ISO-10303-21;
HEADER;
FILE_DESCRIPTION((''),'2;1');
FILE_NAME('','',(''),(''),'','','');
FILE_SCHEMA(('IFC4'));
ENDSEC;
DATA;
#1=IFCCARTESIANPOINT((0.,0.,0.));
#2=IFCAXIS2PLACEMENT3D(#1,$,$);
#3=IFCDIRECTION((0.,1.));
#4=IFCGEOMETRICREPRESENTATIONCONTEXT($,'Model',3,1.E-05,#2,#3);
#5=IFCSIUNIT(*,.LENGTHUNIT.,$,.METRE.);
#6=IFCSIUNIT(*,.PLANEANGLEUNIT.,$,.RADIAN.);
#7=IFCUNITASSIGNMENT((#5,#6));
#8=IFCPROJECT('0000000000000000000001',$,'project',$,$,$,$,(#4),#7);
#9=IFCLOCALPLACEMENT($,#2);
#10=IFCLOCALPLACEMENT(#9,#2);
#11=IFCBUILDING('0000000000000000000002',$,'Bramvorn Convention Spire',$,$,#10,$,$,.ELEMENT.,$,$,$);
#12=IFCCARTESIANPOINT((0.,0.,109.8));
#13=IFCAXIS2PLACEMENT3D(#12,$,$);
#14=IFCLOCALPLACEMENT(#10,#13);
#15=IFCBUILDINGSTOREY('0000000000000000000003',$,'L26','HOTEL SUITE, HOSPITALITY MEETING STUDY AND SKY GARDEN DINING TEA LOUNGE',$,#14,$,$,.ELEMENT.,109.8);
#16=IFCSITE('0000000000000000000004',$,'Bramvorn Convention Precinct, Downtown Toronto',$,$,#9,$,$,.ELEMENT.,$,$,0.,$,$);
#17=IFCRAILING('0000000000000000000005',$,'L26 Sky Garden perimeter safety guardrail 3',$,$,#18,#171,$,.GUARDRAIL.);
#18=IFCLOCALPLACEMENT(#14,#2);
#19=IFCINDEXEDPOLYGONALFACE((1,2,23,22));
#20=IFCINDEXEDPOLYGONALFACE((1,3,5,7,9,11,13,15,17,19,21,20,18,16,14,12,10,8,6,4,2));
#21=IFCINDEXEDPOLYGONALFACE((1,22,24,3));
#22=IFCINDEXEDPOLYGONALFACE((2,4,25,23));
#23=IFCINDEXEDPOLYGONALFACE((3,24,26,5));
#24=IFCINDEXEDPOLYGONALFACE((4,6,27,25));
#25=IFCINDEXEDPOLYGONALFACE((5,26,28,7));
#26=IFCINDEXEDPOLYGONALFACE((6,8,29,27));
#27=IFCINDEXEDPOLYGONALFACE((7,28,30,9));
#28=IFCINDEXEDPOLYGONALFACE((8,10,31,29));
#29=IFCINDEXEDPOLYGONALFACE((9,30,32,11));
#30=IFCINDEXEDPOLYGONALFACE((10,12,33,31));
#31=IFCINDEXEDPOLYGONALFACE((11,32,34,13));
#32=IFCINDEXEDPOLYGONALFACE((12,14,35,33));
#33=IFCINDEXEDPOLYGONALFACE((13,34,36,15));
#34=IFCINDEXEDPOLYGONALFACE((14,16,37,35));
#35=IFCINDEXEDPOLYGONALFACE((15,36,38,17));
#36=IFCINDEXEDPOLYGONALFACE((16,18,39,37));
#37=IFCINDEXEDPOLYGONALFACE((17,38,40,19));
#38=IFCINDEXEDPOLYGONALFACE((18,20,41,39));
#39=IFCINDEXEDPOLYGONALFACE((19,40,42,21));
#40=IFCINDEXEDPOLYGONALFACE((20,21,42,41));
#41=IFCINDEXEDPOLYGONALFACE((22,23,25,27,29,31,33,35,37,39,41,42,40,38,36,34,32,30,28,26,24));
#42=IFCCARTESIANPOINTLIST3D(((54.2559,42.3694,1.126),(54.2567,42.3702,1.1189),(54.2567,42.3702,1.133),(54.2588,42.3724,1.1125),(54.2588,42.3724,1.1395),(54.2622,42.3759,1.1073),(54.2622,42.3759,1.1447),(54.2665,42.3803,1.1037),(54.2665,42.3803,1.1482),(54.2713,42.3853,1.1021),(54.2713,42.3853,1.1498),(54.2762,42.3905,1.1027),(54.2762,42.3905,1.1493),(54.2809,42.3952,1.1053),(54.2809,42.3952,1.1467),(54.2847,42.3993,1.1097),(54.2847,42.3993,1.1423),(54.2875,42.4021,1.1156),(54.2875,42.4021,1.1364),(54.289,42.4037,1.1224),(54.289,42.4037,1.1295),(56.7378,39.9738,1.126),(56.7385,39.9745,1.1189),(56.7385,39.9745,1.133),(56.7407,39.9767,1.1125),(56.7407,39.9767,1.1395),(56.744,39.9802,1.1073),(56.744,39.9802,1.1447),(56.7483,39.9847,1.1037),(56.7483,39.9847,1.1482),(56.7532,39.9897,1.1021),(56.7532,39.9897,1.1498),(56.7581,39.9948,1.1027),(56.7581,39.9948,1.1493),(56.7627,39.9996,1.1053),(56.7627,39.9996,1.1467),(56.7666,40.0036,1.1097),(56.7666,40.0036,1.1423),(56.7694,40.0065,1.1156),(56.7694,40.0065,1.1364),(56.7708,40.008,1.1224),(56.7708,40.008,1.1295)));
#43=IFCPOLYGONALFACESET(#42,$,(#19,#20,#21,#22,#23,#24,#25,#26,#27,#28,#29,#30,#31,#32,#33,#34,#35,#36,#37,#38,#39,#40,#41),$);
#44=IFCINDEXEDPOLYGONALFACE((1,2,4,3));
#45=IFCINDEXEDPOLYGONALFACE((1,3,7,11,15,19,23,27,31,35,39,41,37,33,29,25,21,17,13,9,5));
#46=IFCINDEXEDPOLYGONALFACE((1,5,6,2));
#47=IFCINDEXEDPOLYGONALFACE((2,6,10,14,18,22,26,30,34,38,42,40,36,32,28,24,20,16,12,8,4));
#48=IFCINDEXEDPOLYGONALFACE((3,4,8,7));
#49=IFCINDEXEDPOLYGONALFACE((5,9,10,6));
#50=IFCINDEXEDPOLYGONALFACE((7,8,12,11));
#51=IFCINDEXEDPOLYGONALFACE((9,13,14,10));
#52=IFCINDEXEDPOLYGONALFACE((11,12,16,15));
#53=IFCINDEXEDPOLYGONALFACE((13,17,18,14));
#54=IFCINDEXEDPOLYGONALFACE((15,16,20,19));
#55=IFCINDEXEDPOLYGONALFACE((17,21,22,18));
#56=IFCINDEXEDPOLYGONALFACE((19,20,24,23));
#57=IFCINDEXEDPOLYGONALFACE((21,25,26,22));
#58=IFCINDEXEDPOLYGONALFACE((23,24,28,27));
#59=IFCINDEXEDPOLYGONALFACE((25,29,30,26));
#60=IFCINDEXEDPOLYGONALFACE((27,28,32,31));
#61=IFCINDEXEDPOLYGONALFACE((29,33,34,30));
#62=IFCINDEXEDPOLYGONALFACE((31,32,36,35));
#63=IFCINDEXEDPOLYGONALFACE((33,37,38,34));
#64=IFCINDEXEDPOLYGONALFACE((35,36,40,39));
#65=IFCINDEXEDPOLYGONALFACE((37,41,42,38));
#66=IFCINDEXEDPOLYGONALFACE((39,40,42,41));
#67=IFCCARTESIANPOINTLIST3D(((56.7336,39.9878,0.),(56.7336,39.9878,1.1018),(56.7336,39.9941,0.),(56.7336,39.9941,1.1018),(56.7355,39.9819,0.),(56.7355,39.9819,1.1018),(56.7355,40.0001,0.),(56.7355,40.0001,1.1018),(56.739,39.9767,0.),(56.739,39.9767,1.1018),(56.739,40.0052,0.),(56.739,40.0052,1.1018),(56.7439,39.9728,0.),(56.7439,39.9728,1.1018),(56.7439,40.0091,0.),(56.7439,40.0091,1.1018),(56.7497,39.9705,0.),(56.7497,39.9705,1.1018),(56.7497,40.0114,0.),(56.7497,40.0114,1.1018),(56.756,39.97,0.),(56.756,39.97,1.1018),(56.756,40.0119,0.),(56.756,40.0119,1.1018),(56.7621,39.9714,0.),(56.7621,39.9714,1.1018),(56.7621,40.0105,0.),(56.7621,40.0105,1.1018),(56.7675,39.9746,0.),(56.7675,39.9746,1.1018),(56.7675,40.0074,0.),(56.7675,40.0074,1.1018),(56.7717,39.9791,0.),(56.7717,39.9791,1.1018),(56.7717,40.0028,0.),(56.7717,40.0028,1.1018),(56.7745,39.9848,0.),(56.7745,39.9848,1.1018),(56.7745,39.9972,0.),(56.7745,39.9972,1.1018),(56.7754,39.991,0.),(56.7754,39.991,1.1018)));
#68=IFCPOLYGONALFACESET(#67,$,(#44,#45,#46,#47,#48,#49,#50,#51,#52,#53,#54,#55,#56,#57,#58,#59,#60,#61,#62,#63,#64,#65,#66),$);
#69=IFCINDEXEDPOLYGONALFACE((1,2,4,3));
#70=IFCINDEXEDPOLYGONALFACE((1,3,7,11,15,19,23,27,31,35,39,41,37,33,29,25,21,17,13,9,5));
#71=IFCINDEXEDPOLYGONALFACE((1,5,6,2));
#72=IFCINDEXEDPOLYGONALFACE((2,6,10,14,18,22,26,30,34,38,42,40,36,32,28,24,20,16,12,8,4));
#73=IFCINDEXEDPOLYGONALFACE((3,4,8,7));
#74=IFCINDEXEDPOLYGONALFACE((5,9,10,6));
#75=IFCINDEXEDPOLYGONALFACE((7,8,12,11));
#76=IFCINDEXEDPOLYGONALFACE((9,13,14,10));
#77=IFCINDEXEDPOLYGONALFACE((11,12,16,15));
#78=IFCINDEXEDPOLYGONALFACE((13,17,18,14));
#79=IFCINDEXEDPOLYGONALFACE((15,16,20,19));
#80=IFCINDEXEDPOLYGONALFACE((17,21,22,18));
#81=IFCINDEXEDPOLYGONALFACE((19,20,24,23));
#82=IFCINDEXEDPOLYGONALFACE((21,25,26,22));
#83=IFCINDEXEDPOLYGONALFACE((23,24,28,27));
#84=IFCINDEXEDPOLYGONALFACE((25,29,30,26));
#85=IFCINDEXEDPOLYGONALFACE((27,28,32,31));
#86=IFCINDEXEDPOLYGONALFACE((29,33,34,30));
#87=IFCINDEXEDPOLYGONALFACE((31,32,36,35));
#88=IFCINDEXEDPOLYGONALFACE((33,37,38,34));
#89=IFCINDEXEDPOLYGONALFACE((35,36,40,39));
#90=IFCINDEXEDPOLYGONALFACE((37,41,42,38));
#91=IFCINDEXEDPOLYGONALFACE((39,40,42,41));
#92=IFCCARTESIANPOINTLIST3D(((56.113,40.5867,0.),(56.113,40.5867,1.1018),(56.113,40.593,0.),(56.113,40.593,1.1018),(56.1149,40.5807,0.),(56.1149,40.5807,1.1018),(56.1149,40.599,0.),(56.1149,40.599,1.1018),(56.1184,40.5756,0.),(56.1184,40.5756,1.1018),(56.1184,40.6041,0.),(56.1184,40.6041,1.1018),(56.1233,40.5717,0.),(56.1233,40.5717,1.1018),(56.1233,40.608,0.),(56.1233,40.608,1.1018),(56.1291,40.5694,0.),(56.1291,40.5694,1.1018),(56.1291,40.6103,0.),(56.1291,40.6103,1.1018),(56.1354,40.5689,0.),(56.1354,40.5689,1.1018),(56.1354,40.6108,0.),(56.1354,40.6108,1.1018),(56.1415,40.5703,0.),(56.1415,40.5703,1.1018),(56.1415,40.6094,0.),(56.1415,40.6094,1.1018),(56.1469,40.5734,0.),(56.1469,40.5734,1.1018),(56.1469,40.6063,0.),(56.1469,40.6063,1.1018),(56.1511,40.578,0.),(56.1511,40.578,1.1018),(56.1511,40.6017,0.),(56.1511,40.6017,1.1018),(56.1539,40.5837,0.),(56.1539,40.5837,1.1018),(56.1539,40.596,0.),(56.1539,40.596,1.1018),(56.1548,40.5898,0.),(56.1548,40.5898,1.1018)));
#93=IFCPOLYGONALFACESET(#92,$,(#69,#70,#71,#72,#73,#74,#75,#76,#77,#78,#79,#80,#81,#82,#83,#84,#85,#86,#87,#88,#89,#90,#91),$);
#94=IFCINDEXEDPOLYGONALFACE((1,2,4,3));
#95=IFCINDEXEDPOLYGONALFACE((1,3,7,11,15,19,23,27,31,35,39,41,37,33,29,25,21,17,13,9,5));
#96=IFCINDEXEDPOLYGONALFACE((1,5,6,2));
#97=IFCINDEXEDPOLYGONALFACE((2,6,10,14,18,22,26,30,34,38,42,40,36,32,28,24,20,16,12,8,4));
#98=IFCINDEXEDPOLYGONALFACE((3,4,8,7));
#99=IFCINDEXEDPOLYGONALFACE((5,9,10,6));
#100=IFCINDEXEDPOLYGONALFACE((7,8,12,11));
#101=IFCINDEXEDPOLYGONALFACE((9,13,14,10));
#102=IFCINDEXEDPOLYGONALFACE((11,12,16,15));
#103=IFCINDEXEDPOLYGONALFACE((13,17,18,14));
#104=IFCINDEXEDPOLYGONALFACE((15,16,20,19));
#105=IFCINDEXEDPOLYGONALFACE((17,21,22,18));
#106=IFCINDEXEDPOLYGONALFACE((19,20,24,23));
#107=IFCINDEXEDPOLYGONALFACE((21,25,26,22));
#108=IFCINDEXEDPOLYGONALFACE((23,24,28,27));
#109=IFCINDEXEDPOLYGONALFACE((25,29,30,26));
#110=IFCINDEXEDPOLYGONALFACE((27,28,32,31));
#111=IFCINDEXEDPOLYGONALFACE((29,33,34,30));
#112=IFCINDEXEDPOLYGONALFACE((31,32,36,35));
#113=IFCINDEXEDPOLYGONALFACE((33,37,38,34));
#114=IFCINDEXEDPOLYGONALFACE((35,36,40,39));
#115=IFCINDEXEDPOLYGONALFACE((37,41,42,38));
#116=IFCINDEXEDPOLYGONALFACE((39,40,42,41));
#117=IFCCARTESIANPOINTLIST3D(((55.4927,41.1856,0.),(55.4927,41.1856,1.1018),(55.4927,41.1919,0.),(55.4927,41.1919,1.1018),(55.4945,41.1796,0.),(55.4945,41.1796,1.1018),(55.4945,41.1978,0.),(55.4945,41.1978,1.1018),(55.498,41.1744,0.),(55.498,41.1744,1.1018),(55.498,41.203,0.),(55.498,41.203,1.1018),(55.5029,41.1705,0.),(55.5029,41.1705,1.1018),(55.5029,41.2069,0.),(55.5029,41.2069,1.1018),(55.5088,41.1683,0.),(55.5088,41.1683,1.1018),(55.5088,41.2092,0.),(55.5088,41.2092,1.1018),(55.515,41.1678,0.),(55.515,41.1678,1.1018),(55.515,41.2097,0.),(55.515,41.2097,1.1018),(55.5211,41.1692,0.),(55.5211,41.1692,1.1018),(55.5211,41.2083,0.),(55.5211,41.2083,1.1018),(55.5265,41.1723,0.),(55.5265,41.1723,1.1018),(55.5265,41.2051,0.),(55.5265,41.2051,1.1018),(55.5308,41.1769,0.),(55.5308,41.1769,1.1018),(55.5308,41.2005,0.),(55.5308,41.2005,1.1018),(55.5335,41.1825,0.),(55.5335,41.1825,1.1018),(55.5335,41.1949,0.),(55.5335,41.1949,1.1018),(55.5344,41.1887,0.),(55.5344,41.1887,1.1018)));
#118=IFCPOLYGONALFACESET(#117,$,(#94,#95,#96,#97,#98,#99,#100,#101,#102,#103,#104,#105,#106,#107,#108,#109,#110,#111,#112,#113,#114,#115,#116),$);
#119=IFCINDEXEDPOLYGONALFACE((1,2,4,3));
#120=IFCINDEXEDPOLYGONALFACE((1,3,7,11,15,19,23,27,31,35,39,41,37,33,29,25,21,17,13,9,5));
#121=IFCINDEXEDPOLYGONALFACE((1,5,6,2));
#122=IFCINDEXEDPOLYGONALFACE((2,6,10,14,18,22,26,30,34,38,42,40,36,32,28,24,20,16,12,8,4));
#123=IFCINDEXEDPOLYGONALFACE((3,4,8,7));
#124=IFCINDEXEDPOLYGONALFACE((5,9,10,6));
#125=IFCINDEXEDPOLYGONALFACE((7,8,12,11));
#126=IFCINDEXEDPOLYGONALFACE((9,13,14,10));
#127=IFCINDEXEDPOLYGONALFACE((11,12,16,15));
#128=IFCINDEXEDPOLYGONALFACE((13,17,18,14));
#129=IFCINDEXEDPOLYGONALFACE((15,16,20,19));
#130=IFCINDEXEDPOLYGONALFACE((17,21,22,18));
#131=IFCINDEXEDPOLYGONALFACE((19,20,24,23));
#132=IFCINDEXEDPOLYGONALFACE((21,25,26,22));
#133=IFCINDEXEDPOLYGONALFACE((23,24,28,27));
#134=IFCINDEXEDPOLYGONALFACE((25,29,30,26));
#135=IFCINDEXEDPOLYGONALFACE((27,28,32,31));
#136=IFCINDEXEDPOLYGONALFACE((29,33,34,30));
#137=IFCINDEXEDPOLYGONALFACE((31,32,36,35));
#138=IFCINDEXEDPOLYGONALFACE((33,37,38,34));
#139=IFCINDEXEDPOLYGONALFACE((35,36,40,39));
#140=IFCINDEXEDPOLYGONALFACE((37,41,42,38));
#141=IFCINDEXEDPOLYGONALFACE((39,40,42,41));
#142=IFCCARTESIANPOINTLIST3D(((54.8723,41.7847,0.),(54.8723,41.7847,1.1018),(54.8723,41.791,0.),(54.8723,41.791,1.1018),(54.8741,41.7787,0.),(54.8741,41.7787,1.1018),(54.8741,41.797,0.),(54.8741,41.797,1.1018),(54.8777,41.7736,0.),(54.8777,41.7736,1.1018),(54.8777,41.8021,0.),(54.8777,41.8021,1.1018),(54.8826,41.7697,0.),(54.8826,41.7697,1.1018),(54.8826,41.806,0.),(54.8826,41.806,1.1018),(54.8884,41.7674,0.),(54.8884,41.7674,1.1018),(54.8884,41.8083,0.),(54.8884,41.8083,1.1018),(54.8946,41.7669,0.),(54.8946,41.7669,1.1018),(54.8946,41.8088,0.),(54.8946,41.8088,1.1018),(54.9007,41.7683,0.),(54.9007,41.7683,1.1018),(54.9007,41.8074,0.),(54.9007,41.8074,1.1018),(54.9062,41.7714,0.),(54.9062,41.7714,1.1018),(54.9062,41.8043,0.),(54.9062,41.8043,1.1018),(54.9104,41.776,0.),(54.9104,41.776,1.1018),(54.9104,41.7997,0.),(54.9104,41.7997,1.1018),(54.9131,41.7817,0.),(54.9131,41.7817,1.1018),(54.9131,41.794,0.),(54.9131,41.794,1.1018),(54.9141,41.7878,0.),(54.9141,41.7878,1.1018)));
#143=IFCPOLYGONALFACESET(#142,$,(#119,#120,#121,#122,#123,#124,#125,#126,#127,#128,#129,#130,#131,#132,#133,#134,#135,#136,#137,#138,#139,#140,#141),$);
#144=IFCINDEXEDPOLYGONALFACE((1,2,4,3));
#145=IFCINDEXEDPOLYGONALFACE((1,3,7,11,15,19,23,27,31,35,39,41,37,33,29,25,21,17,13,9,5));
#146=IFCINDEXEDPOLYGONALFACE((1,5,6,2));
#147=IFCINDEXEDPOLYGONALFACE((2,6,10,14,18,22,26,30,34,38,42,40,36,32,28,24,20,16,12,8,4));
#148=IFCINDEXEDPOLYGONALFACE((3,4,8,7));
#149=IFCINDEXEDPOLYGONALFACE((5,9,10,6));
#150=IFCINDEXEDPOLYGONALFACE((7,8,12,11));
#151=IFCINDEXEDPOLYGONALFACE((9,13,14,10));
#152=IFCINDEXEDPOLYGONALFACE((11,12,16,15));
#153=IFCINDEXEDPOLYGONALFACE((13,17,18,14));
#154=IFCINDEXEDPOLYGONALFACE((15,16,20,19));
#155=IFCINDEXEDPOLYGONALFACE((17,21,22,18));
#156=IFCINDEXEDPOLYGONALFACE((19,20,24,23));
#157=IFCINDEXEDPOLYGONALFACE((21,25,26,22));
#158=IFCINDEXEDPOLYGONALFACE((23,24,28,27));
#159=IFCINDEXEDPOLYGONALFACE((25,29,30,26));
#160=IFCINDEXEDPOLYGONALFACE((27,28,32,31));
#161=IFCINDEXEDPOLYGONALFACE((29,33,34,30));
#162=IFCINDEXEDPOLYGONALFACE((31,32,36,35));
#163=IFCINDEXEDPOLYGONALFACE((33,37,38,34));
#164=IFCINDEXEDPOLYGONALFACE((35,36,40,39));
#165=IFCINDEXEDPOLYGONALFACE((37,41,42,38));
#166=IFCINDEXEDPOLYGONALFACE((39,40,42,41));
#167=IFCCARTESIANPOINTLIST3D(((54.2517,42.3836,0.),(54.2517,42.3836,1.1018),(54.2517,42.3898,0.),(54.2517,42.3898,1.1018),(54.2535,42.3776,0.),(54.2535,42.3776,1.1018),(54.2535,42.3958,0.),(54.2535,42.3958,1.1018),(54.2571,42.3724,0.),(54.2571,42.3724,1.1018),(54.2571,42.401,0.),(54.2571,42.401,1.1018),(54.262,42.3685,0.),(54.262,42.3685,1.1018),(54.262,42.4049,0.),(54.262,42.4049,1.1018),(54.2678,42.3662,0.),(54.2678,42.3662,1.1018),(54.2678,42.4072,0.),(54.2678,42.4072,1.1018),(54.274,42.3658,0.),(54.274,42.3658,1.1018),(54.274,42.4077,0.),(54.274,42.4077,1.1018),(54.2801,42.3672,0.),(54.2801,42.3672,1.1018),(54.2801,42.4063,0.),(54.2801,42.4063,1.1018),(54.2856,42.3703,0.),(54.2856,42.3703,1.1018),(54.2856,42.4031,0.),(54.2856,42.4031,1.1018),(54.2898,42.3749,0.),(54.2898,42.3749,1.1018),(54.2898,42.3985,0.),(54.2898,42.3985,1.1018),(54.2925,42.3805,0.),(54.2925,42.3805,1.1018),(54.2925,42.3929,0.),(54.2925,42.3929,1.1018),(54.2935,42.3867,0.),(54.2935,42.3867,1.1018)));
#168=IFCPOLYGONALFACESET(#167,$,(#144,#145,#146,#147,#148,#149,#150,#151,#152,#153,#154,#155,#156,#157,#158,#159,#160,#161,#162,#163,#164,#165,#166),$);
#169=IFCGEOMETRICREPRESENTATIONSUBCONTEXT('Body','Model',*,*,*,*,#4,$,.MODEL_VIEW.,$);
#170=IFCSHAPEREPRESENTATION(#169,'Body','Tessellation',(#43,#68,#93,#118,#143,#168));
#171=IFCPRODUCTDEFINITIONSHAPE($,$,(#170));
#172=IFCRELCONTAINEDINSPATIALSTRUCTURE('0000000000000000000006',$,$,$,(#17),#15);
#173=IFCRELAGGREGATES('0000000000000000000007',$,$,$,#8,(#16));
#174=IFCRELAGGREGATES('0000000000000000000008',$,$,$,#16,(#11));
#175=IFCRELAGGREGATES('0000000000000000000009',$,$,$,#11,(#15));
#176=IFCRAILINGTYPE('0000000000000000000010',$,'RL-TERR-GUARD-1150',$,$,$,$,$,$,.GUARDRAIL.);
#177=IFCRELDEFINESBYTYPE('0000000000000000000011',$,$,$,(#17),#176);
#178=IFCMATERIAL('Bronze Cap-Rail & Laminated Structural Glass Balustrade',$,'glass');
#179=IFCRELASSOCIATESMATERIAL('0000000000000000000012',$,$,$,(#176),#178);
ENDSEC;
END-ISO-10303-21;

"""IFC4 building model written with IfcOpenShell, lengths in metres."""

from ifc_helpers import new_model, si_unit, direction, frame, origin, origin_2d, place, context, subcontext, project, spatial, circle, extrude, material, type_object, element, save


model = new_model("IFC4")

# Units and contexts
model_context = context("Model", 3, precision=1e-05, world=origin(), true_north=direction((0.0, 1.0)))
body_context = subcontext(model_context, "Body", "Model", "MODEL_VIEW")
ifc_project = project(units=[si_unit("LENGTHUNIT", "METRE"), si_unit("PLANEANGLEUNIT", "RADIAN")], contexts=[model_context])

# Site, building, storey
site_placement = place(None, origin())
site = spatial("IfcSite", under=ifc_project, at=site_placement, Name="Bramvorn Convention Precinct, Downtown Toronto", CompositionType="ELEMENT", RefElevation=0.0)
building_placement = place(site_placement, origin())
building = spatial("IfcBuilding", under=site, at=building_placement, Name="Bramvorn Convention Spire", CompositionType="ELEMENT")
storey_placement = place(building_placement, frame((0.0, 0.0, 109.8)))
storey = spatial("IfcBuildingStorey", under=building, at=storey_placement, Name="L26", Description="HOTEL SUITE, HOSPITALITY MEETING STUDY AND SKY GARDEN DINING TEA LOUNGE", CompositionType="ELEMENT", Elevation=109.8)

# Railing
ifc_material_1 = material(Name="Bronze Cap-Rail & Laminated Structural Glass Balustrade", Category="glass")
railing_type = type_object("IfcRailingType", Name="RL-TERR-GUARD-1150", PredefinedType="GUARDRAIL", material=ifc_material_1)
railing_1_placement = place(storey_placement, frame((56.7544, 39.991, 0.0)))
element("IfcRailing", 1, at=railing_1_placement, inside=storey, type_object=railing_type, Name="L26 Sky Garden perimeter safety guardrail 3", PredefinedType="GUARDRAIL", context=body_context, shape_type="SweptSolid", body=[
    extrude(circle(Radius=0.0239, at=origin_2d()), frame((0.0, 0.0, 1.126), z_axis=(-0.719488, 0.694505, 0.0), x_axis=(-0.694505, -0.719488, 0.0)), (0.0, 0.0, 1.0), 3.4495),
    extrude(circle(Radius=0.021, at=origin_2d()), origin(), (0.0, 0.0, 1.0), 1.1018),
    extrude(circle(Radius=0.021, at=origin_2d()), frame((-0.6206, 0.5989, 0.0)), (0.0, 0.0, 1.0), 1.1018),
    extrude(circle(Radius=0.021, at=origin_2d()), frame((-1.241, 1.1978, 0.0)), (0.0, 0.0, 1.0), 1.1018),
    extrude(circle(Radius=0.021, at=origin_2d()), frame((-1.8613, 1.7969, 0.0)), (0.0, 0.0, 1.0), 1.1018),
    extrude(circle(Radius=0.021, at=origin_2d()), frame((-2.4819, 2.3958, 0.0)), (0.0, 0.0, 1.0), 1.1018),
])

save(model, "model.ifc")
